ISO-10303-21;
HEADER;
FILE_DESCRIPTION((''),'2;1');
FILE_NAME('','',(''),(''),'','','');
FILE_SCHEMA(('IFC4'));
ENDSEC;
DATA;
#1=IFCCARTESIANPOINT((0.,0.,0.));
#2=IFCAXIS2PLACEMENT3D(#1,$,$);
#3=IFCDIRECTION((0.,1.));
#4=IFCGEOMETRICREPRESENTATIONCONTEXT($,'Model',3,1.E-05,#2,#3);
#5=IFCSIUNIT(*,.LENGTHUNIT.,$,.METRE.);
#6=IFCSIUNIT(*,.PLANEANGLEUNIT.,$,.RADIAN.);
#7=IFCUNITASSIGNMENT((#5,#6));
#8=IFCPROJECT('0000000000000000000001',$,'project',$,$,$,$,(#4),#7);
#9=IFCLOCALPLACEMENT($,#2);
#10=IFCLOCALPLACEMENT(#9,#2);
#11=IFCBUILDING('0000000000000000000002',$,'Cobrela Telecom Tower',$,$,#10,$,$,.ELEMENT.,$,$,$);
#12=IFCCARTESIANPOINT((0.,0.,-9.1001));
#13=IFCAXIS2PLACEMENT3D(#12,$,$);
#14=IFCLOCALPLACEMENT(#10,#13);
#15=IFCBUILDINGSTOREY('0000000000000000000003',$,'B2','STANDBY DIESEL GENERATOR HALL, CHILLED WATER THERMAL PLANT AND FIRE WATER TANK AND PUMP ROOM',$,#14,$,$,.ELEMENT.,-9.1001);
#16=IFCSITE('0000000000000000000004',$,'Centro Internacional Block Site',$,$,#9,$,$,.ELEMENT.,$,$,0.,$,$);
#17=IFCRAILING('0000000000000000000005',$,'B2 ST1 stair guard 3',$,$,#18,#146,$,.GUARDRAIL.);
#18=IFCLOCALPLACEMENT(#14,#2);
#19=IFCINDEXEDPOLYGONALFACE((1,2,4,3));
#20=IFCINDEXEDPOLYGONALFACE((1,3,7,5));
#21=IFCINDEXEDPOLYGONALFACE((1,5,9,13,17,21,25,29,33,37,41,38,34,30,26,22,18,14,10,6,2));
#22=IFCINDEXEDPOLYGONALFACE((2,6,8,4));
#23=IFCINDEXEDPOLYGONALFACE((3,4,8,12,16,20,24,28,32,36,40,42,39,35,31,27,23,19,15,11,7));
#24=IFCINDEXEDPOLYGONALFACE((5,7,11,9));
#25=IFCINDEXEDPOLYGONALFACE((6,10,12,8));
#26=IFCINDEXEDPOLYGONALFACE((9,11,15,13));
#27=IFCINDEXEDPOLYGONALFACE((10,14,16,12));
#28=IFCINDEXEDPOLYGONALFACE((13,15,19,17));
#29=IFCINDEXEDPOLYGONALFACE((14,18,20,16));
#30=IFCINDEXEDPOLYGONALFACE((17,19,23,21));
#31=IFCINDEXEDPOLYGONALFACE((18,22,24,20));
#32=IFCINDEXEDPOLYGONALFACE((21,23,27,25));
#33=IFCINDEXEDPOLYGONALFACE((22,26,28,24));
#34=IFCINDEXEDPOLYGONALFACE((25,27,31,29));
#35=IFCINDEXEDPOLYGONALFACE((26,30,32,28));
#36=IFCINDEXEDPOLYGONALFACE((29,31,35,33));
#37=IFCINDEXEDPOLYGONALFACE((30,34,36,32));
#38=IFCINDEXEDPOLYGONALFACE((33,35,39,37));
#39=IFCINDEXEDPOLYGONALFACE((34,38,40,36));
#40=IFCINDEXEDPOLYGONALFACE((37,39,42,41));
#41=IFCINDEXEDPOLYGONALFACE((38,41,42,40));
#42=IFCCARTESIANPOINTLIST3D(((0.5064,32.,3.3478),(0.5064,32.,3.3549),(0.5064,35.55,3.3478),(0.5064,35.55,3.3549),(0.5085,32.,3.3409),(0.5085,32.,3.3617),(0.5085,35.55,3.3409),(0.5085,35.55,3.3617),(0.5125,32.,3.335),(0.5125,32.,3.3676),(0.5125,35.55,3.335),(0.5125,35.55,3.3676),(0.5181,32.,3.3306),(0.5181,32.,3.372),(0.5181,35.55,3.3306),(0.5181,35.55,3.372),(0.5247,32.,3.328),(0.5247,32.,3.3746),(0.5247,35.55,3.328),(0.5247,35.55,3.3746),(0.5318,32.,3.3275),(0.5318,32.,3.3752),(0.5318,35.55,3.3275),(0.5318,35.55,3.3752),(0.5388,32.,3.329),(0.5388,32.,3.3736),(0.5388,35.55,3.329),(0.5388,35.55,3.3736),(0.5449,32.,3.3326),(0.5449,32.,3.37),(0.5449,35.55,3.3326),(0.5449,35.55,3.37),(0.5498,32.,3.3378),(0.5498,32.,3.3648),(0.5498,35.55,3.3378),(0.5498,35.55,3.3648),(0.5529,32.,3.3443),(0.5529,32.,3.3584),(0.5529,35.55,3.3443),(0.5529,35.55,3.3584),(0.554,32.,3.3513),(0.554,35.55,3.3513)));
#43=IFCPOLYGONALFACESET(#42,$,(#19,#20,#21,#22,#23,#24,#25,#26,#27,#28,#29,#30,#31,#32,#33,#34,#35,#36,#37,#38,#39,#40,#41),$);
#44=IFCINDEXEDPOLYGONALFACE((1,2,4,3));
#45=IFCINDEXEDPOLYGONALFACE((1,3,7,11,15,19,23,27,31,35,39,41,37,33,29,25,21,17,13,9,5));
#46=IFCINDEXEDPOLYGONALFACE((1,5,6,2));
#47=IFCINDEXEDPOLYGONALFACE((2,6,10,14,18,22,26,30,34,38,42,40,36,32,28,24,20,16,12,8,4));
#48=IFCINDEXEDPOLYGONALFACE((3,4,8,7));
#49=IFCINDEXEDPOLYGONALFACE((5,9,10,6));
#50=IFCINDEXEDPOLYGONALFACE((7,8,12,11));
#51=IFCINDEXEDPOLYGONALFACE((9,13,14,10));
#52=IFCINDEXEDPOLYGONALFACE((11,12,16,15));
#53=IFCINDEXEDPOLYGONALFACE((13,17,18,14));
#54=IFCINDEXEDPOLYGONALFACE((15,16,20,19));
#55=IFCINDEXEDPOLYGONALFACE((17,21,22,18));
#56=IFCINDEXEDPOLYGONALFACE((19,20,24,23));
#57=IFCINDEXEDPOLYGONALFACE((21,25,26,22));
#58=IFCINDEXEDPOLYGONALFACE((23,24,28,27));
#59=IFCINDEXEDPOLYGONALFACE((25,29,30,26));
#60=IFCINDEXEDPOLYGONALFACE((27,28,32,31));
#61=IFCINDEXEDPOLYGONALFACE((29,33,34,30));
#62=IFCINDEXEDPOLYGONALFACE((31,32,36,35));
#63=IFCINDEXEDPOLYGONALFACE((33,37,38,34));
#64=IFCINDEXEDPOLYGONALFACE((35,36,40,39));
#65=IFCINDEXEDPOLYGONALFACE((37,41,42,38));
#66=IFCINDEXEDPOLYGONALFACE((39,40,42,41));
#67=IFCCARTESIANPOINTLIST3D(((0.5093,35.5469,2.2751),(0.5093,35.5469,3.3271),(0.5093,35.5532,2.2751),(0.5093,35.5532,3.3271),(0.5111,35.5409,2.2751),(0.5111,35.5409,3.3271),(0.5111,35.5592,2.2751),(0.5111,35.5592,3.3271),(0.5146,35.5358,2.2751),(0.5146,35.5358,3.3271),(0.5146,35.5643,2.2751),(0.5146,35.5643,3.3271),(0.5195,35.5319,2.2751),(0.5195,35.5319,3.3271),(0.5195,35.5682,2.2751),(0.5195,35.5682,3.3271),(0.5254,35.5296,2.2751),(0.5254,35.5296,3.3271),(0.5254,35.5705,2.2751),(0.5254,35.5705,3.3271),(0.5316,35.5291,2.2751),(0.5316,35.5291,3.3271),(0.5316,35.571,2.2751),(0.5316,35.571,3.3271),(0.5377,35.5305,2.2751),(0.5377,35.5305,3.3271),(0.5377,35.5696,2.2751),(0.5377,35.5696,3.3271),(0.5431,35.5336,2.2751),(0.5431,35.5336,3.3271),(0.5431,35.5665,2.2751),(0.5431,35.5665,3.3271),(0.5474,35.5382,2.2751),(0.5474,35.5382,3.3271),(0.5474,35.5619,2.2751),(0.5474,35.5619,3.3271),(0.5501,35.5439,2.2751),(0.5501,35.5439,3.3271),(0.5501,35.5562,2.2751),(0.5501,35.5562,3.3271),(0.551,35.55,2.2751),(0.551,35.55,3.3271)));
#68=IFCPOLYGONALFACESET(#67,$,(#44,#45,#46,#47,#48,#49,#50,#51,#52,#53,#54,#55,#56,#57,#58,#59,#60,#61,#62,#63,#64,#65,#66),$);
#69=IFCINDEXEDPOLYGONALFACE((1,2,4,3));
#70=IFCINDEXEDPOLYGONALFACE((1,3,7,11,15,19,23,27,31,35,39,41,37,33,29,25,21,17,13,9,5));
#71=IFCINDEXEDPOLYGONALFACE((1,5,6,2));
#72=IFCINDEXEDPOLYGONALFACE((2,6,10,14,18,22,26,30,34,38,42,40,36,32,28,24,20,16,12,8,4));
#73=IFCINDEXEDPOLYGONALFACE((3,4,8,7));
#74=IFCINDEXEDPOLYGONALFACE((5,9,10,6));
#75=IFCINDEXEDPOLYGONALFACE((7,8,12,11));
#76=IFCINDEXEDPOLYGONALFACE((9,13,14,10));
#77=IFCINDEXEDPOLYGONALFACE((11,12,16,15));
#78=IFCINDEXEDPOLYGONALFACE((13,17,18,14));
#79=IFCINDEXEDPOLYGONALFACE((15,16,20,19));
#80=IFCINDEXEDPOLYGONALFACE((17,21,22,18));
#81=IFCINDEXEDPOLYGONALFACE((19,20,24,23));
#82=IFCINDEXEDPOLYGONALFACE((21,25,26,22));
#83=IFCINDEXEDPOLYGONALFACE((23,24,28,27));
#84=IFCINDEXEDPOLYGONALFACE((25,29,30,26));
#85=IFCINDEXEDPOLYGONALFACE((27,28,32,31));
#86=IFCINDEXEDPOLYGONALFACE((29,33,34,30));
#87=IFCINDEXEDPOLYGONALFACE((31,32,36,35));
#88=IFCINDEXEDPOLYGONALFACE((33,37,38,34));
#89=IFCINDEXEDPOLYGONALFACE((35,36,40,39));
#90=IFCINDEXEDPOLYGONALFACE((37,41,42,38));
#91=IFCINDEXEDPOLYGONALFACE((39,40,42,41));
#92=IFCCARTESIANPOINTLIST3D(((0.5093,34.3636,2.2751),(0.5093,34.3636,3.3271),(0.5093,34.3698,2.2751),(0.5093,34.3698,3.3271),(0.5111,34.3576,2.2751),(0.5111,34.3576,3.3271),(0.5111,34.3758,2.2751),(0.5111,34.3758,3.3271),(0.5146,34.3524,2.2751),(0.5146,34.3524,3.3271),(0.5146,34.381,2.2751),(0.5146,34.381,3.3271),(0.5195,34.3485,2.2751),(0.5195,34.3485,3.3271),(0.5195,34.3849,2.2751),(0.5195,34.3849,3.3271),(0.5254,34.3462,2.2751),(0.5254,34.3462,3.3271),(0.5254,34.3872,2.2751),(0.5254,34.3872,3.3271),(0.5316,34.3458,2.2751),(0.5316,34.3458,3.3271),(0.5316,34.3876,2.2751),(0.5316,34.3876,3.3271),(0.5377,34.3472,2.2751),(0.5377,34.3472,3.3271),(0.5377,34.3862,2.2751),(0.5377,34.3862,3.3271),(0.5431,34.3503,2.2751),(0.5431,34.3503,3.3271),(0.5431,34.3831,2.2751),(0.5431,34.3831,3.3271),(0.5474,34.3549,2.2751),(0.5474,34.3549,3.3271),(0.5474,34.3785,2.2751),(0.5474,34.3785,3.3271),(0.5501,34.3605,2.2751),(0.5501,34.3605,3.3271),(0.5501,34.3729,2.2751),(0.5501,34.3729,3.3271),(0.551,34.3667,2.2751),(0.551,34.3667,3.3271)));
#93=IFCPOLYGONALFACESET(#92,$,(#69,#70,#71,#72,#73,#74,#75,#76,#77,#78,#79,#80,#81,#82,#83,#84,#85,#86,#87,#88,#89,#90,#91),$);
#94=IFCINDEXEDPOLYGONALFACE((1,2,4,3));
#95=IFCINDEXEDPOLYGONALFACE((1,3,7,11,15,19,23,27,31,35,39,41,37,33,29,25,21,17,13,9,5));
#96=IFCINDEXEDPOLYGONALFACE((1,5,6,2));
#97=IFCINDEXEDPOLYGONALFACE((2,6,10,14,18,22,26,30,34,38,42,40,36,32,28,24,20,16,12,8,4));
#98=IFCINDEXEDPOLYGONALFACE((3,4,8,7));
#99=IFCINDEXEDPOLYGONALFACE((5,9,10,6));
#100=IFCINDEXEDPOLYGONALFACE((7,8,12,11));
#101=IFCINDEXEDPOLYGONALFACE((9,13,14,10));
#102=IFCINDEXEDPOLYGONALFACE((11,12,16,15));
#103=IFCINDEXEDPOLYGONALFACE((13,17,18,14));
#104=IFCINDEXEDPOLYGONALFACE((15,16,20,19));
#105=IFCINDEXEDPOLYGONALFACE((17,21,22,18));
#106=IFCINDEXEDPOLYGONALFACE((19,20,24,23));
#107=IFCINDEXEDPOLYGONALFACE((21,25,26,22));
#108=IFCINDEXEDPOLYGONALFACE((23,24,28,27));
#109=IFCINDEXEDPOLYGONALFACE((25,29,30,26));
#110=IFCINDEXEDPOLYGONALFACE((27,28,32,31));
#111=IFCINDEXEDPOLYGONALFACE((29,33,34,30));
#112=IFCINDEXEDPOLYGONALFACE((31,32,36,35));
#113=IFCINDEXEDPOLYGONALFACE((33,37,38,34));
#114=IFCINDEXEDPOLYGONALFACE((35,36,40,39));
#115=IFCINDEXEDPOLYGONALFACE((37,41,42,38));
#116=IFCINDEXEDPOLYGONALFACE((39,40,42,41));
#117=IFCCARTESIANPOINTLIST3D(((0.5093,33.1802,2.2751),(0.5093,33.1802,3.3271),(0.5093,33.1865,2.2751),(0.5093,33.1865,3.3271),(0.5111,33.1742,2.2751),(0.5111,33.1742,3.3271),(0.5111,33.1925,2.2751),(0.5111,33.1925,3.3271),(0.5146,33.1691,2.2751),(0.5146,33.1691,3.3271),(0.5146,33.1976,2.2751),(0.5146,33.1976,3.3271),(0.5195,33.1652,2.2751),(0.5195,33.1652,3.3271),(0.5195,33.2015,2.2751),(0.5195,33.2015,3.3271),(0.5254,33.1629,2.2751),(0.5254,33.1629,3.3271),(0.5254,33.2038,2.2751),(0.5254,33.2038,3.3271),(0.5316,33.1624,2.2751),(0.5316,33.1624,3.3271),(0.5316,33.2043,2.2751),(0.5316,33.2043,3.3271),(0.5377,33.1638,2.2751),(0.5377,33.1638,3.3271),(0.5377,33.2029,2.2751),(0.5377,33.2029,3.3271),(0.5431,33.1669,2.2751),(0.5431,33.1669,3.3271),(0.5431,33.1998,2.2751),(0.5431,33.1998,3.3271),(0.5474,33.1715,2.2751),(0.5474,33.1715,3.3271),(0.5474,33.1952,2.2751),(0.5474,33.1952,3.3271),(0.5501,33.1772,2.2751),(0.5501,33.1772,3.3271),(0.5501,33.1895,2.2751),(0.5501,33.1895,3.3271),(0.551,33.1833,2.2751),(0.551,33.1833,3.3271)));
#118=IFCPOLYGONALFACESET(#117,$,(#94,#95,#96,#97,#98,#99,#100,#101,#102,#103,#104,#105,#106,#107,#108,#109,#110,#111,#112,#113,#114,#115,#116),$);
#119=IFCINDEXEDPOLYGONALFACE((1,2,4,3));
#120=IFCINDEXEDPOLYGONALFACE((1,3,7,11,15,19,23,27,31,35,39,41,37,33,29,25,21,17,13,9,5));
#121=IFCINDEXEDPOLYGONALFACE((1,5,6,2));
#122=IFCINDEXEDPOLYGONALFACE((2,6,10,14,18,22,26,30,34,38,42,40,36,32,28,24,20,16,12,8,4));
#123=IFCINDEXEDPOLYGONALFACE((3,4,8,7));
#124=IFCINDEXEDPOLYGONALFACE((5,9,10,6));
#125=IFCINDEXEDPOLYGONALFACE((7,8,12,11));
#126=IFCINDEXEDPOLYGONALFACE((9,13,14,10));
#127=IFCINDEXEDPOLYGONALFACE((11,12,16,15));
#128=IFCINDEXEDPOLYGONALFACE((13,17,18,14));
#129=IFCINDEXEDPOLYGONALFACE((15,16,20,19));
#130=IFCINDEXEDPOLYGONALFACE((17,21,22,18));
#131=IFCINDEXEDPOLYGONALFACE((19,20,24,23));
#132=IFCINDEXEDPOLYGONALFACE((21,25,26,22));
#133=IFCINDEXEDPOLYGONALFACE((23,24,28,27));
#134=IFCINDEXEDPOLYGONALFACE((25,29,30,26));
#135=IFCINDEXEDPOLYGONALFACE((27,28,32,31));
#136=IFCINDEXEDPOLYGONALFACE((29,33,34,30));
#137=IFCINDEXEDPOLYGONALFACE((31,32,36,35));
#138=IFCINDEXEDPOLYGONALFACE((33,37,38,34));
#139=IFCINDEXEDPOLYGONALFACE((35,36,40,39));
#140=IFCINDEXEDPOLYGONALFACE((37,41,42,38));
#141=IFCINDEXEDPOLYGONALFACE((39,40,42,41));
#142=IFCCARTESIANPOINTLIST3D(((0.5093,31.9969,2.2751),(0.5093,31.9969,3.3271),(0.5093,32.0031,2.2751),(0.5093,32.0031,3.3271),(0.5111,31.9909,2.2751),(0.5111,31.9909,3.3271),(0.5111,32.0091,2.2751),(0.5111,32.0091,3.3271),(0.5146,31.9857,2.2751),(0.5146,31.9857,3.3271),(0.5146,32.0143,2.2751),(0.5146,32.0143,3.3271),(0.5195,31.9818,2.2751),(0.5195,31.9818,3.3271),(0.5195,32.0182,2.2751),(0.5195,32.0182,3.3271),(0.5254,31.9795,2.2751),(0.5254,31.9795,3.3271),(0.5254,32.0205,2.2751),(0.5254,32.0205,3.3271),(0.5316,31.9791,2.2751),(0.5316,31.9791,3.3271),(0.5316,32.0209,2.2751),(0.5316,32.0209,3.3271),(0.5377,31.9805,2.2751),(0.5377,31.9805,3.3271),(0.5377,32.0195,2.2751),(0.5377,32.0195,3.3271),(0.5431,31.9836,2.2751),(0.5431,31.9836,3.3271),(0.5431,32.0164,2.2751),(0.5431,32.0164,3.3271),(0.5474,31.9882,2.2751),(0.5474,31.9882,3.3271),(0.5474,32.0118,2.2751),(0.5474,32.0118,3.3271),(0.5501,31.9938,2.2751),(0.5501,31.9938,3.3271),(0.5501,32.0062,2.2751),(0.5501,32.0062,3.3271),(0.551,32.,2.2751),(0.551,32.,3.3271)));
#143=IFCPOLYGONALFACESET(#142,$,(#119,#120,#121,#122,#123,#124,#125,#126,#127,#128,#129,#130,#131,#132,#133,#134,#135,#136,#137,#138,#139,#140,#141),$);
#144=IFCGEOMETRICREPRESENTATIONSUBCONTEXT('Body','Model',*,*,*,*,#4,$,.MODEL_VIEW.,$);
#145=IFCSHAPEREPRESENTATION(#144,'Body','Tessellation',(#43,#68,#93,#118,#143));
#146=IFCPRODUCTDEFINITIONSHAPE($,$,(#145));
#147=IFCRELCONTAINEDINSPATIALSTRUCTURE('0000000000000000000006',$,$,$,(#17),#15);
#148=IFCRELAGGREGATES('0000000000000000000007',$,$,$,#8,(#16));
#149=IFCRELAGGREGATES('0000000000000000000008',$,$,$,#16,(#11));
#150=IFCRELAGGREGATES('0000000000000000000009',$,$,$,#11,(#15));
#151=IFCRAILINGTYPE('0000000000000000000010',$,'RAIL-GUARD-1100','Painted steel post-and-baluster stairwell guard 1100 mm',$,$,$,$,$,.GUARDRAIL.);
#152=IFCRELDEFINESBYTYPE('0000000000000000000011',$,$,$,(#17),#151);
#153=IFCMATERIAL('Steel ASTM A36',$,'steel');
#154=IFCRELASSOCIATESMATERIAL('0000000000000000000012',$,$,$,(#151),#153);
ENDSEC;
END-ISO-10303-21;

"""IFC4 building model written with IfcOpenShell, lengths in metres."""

from ifc_helpers import new_model, si_unit, direction, frame, origin, origin_2d, place, context, subcontext, project, spatial, circle, extrude, material, type_object, element, save


model = new_model("IFC4")

# Units and contexts
model_context = context("Model", 3, precision=1e-05, world=origin(), true_north=direction((0.0, 1.0)))
body_context = subcontext(model_context, "Body", "Model", "MODEL_VIEW")
ifc_project = project(units=[si_unit("LENGTHUNIT", "METRE"), si_unit("PLANEANGLEUNIT", "RADIAN")], contexts=[model_context])

# Site, building, storey
site_placement = place(None, origin())
site = spatial("IfcSite", under=ifc_project, at=site_placement, Name="Centro Internacional Block Site", CompositionType="ELEMENT", RefElevation=0.0)
building_placement = place(site_placement, origin())
building = spatial("IfcBuilding", under=site, at=building_placement, Name="Cobrela Telecom Tower", CompositionType="ELEMENT")
storey_placement = place(building_placement, frame((0.0, 0.0, -9.1001)))
storey = spatial("IfcBuildingStorey", under=building, at=storey_placement, Name="B2", Description="STANDBY DIESEL GENERATOR HALL, CHILLED WATER THERMAL PLANT AND FIRE WATER TANK AND PUMP ROOM", CompositionType="ELEMENT", Elevation=-9.1001)

# Railing
ifc_material_1 = material(Name="Steel ASTM A36", Category="steel")
railing_type_1 = type_object("IfcRailingType", Name="RAIL-GUARD-1100", Description="Painted steel post-and-baluster stairwell guard 1100 mm", PredefinedType="GUARDRAIL", material=ifc_material_1)
railing_1_placement = place(storey_placement, frame((0.53, 35.55, 2.2751)))
element("IfcRailing", 1, at=railing_1_placement, inside=storey, type_object=railing_type_1, Name="B2 ST1 stair guard 3", PredefinedType="GUARDRAIL", context=body_context, shape_type="SweptSolid", body=[
    extrude(circle(Radius=0.0239, at=origin_2d()), frame((0.0, 0.0, 1.0762), z_axis=(0.0, -1.0, 0.0), x_axis=(1.0, 0.0, 0.0)), (0.0, 0.0, 1.0), 3.55),
    extrude(circle(Radius=0.021, at=origin_2d()), origin(), (0.0, 0.0, 1.0), 1.052),
    extrude(circle(Radius=0.021, at=origin_2d()), frame((0.0, -1.1833, 0.0)), (0.0, 0.0, 1.0), 1.052),
    extrude(circle(Radius=0.021, at=origin_2d()), frame((0.0, -2.3667, 0.0)), (0.0, 0.0, 1.0), 1.052),
    extrude(circle(Radius=0.021, at=origin_2d()), frame((0.0, -3.55, 0.0)), (0.0, 0.0, 1.0), 1.052),
])

save(model, "model.ifc")
